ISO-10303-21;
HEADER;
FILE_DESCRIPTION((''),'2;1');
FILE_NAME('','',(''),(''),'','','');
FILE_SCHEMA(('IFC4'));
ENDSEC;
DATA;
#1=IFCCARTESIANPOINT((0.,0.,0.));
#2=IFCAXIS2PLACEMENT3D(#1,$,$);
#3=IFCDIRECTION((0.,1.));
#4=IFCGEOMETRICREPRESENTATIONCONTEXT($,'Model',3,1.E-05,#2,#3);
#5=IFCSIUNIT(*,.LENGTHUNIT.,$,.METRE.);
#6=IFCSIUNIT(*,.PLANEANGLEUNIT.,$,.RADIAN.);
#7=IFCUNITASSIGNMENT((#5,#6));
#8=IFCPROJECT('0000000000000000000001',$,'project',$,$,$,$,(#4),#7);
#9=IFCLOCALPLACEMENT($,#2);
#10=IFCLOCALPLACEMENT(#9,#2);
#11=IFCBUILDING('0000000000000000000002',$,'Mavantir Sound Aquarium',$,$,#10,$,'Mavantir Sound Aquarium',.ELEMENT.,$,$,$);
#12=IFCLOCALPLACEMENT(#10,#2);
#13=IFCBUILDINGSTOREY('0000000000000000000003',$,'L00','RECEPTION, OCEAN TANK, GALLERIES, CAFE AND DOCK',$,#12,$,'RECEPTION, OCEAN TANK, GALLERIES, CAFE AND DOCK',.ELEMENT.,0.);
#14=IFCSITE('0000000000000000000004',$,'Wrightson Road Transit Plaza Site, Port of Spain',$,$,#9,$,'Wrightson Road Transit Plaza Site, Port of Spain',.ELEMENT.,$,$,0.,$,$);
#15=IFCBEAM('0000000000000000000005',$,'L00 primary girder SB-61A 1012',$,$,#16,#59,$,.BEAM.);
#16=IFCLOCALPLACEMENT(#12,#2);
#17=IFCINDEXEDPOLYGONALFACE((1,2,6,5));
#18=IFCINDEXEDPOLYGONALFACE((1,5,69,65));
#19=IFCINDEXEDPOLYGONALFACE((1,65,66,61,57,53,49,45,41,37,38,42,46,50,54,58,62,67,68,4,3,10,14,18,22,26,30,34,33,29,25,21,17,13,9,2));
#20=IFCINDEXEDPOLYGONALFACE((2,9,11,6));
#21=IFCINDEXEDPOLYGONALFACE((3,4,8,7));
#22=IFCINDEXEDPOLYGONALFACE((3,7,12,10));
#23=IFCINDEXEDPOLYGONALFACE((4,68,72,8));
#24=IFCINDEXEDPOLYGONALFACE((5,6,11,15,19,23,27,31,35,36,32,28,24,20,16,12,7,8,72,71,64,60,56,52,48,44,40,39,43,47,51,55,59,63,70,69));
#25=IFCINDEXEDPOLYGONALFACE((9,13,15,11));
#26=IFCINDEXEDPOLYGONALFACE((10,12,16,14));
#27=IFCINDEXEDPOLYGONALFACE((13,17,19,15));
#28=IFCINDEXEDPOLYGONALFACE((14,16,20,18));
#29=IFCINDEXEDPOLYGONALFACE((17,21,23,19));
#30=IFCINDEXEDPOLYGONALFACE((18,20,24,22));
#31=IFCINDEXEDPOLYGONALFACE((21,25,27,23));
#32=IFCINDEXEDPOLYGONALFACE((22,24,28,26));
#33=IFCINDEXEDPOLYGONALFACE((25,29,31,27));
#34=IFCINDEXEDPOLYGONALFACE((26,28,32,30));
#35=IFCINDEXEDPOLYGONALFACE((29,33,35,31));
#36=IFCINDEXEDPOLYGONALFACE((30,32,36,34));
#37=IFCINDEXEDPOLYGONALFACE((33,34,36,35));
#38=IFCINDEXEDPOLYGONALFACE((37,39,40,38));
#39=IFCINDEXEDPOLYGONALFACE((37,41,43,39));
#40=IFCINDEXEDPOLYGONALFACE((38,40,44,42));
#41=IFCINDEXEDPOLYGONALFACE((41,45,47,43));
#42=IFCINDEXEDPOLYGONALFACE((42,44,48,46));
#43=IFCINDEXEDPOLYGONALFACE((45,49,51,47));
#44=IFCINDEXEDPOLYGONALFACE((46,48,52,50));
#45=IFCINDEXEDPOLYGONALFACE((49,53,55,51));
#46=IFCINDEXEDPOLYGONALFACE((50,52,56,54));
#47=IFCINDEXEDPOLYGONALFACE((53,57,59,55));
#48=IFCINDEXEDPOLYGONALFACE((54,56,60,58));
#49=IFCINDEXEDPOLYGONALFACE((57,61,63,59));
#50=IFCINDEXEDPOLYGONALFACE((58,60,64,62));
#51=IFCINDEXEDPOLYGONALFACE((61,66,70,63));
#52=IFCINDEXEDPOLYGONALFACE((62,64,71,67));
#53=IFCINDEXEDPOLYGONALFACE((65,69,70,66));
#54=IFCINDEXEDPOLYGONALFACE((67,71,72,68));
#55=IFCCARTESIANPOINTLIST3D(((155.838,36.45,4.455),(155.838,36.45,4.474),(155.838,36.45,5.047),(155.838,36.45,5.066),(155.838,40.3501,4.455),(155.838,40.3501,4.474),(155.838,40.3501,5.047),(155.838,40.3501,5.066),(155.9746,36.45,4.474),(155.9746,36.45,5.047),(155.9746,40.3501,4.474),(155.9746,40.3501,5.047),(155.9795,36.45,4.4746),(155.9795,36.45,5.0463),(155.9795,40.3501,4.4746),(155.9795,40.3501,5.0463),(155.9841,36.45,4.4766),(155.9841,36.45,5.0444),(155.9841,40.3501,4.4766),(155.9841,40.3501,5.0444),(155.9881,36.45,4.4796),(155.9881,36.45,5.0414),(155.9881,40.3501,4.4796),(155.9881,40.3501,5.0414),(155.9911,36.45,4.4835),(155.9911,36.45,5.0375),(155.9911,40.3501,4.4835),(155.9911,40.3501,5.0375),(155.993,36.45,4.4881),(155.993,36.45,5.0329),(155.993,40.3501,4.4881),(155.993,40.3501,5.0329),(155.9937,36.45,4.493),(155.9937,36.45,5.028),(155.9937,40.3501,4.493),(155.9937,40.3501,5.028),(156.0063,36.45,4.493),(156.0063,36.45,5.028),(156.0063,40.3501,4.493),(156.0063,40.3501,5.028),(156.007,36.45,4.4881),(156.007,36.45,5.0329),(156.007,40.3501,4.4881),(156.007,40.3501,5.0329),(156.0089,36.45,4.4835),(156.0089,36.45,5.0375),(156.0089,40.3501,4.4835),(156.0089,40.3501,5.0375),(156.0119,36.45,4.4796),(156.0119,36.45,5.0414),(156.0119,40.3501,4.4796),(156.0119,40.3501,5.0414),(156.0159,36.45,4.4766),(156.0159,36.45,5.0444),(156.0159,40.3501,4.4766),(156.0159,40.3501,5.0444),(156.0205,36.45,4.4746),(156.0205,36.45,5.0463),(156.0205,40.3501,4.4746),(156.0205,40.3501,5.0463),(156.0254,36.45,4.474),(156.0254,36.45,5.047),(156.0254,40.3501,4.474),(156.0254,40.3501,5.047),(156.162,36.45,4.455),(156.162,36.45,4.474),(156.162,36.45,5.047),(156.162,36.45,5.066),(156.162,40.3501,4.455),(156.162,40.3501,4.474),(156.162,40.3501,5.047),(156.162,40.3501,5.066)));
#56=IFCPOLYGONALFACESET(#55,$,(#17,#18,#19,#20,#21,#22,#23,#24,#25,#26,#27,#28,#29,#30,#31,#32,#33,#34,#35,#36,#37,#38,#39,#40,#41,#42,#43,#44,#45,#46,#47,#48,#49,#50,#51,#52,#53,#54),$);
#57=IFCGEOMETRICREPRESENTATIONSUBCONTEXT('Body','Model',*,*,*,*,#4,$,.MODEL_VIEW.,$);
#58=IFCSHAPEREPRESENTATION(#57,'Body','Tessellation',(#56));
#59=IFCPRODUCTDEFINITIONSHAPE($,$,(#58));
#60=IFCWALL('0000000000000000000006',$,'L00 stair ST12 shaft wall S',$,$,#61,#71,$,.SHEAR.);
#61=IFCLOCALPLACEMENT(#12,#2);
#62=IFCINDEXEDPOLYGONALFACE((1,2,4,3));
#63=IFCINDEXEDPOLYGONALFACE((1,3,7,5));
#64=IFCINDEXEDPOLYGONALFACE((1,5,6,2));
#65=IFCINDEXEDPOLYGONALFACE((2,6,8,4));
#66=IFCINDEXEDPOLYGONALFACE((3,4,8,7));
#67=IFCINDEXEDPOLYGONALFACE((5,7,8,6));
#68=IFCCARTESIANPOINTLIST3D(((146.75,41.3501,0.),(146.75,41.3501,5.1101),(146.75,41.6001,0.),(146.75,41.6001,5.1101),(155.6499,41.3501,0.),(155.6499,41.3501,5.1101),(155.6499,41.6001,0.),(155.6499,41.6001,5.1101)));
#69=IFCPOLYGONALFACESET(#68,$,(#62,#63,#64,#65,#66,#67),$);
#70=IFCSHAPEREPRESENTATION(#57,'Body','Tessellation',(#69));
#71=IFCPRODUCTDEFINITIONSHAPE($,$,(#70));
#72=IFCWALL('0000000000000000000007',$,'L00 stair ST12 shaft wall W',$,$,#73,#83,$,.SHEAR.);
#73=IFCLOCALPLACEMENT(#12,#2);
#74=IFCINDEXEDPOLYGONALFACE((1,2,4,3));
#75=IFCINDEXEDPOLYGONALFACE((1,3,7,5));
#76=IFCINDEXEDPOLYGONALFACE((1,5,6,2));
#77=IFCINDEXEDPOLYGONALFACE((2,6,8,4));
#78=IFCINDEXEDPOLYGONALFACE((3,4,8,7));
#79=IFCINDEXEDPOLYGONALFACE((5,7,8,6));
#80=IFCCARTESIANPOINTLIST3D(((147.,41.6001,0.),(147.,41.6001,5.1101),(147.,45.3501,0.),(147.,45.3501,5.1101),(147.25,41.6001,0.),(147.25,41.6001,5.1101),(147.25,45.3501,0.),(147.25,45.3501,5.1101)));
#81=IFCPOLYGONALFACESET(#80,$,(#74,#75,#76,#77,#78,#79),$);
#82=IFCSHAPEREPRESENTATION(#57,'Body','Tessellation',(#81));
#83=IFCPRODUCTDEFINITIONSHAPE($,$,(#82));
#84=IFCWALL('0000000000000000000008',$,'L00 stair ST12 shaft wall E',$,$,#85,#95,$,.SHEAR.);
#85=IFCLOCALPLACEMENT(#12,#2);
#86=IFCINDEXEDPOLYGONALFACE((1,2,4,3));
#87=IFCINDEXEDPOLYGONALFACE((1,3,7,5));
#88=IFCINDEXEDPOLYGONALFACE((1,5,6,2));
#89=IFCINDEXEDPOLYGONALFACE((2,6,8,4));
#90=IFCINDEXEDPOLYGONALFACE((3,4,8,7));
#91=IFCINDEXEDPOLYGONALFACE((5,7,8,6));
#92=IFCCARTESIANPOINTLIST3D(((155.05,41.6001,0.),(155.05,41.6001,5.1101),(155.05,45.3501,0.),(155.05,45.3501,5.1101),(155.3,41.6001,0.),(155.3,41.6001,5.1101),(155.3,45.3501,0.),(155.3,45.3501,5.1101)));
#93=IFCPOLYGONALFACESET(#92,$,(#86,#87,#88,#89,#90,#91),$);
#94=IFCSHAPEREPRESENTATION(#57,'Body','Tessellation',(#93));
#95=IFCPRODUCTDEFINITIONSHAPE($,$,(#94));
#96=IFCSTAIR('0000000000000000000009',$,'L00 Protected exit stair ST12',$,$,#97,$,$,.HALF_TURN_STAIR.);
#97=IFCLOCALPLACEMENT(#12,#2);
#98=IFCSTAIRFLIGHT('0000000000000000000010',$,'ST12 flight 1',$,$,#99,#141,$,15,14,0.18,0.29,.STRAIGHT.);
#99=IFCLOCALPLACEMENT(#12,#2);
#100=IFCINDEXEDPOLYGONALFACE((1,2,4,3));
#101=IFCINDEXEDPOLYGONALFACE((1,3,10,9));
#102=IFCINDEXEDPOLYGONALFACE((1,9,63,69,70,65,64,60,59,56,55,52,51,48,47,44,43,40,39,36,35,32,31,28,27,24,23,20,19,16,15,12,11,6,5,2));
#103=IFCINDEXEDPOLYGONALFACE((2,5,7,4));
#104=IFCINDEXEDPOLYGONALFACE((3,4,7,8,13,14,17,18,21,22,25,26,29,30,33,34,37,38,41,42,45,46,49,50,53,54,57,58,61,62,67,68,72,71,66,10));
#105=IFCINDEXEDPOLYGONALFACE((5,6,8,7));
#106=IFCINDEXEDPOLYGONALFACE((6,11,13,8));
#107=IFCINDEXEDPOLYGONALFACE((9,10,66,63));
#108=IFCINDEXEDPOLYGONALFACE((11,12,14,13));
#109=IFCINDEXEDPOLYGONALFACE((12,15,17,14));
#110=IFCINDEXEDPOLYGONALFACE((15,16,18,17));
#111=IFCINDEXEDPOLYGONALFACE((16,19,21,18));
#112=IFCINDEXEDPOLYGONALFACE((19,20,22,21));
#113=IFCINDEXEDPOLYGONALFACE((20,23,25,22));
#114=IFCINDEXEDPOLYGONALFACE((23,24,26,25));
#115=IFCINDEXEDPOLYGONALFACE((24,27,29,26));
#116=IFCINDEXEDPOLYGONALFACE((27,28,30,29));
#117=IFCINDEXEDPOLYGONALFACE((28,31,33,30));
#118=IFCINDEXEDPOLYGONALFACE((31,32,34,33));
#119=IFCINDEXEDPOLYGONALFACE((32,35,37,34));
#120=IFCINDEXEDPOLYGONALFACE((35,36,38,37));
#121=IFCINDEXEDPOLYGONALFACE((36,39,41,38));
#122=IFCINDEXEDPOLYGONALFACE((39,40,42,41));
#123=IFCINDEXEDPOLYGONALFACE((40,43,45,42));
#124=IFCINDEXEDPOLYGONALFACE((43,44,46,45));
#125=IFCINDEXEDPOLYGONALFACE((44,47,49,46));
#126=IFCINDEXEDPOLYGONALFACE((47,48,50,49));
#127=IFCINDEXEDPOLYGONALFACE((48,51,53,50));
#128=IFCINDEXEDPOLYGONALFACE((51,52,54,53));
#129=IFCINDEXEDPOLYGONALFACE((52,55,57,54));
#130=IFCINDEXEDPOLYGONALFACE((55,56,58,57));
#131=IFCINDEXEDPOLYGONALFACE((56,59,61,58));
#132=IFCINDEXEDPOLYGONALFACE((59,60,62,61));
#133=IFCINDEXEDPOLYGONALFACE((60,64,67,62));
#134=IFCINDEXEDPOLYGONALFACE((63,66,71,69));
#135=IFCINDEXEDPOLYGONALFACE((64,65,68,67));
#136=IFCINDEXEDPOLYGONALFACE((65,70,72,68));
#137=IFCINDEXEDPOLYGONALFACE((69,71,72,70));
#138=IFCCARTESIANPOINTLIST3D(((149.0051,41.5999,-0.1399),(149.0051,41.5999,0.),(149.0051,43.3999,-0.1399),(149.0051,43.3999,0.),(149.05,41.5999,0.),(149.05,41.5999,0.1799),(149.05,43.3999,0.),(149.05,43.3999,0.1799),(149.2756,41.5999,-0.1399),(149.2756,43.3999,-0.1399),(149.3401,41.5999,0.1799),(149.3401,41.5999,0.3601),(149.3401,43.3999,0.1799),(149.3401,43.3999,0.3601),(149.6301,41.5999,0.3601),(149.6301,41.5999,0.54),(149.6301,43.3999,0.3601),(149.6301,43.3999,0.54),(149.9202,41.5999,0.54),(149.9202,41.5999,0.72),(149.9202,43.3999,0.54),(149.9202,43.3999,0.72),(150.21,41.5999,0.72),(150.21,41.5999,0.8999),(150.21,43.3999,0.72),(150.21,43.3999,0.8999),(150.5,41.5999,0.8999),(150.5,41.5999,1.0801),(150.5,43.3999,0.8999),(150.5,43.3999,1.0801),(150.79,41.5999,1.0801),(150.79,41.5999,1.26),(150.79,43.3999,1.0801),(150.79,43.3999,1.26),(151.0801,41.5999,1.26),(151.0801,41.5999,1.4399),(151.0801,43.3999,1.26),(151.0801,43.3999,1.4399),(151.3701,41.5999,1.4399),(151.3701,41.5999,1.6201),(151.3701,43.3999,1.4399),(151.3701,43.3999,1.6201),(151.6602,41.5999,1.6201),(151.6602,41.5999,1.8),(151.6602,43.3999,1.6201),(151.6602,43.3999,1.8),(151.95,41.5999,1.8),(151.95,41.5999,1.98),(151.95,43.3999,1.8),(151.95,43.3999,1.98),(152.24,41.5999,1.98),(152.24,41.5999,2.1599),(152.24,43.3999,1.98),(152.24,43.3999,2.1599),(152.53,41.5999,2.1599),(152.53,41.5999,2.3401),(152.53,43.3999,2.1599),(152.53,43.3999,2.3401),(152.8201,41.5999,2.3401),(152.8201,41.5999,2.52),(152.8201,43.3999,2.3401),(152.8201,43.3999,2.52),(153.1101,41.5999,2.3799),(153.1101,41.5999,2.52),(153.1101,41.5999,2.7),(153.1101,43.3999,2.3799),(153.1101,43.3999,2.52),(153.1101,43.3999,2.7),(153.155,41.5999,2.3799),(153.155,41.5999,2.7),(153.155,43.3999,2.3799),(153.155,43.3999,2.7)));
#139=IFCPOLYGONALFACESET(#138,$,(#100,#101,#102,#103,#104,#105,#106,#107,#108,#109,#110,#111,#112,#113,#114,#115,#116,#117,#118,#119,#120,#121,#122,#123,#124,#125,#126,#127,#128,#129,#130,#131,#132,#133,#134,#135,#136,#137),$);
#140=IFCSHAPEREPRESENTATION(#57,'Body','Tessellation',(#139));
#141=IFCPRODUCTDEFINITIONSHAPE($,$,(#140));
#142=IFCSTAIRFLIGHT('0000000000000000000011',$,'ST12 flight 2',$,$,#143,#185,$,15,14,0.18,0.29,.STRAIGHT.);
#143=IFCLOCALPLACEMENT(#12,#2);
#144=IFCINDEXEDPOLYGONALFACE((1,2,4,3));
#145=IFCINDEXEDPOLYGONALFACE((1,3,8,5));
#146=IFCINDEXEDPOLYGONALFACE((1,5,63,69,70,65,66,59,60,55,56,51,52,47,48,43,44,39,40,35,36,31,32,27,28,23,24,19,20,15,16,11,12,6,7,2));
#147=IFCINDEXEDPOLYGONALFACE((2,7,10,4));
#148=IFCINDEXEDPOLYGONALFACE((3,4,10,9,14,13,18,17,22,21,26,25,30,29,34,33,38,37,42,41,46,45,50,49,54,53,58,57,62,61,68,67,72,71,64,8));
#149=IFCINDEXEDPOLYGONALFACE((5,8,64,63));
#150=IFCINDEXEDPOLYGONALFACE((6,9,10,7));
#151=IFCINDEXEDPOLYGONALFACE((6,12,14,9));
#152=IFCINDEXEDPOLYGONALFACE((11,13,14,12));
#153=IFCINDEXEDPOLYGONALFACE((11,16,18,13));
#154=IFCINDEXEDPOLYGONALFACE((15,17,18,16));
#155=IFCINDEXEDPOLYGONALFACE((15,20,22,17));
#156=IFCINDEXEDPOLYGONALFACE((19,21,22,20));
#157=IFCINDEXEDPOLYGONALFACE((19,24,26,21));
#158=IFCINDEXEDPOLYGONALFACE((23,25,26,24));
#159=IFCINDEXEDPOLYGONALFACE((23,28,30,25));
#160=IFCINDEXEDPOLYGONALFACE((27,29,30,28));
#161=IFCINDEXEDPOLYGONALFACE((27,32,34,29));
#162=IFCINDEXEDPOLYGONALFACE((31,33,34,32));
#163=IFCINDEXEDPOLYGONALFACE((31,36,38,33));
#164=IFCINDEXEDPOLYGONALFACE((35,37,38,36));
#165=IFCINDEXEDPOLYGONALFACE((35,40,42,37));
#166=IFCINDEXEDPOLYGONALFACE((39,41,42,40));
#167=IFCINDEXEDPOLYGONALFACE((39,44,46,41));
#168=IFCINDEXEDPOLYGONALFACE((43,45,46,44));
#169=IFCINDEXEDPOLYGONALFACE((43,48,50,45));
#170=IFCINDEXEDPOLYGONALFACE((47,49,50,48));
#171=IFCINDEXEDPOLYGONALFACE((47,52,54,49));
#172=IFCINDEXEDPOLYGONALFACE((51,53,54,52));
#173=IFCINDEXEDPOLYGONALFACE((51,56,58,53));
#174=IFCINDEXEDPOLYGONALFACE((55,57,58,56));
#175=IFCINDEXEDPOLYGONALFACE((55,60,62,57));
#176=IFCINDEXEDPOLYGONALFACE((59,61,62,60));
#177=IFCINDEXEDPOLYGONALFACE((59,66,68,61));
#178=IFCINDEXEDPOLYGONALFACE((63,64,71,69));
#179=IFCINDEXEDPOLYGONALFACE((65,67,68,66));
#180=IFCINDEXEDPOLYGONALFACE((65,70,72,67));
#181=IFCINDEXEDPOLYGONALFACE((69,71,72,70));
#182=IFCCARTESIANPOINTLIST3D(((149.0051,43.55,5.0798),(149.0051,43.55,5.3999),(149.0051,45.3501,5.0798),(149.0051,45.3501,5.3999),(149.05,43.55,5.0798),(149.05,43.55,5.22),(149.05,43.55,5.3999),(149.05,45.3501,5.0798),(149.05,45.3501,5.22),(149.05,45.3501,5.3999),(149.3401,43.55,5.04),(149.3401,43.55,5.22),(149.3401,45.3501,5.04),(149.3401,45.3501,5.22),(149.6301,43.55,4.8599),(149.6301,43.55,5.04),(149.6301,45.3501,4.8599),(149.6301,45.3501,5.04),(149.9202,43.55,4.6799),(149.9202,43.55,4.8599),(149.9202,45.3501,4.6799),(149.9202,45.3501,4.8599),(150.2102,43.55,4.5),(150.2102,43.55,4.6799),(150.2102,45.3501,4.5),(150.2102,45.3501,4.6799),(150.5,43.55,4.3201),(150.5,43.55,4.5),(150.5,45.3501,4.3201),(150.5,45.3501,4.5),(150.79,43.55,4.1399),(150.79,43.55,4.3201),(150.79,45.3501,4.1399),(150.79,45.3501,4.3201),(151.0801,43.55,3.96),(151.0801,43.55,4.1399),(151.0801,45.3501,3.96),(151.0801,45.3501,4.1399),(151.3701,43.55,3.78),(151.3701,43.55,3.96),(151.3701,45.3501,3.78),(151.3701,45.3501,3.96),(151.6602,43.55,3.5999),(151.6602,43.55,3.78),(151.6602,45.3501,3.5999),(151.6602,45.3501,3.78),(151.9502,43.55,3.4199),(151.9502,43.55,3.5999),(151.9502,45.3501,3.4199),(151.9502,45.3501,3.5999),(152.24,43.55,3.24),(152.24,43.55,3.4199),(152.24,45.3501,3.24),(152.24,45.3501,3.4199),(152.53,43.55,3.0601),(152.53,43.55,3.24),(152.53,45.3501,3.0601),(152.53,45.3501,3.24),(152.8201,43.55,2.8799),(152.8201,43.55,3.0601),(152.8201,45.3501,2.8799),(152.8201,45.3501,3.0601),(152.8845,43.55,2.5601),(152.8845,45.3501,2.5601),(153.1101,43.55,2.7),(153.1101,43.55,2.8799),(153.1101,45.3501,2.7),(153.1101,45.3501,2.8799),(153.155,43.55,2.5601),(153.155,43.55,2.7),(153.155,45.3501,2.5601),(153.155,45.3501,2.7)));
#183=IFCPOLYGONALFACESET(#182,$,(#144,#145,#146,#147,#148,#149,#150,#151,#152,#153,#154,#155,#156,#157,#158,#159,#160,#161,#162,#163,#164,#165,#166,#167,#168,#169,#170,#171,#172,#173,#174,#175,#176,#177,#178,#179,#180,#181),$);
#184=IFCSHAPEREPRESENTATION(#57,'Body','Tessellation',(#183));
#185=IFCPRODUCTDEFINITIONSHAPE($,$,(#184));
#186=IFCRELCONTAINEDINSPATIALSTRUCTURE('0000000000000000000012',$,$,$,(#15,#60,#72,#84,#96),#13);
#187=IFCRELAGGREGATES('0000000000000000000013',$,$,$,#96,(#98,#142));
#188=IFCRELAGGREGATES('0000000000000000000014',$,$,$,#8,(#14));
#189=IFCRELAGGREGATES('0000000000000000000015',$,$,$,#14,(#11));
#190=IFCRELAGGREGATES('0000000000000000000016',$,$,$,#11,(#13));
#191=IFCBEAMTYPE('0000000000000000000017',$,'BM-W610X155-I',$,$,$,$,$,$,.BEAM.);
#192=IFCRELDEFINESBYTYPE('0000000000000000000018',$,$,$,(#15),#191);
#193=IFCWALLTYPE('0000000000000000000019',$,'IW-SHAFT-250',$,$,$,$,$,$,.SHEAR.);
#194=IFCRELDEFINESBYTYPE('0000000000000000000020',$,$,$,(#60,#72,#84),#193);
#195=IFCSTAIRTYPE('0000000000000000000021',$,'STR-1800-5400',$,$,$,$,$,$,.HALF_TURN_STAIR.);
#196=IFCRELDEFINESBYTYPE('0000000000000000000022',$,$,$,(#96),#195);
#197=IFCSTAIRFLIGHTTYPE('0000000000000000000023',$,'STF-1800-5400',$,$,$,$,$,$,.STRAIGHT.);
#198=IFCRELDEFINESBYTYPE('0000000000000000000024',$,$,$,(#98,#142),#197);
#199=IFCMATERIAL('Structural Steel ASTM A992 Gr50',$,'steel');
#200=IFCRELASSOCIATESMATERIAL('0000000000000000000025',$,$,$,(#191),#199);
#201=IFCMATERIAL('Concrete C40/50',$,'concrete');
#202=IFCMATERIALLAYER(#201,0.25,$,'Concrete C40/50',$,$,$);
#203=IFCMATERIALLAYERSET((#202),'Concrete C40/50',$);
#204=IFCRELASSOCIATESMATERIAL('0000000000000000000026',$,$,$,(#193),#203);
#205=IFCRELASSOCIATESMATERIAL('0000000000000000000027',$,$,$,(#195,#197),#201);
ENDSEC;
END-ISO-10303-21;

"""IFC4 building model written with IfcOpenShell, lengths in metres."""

from ifc_helpers import new_model, si_unit, direction, frame, frame_2d, origin, origin_2d, place, context, subcontext, project, spatial, polyline, rectangle, i_section, outline, extrude, material, layer, layer_set, material_profile, profile_set, type_object, element, aggregate, save


model = new_model("IFC4")

# Units and contexts
model_context = context("Model", 3, precision=1e-05, world=origin(), true_north=direction((0.0, 1.0)))
body_context = subcontext(model_context, "Body", "Model", "MODEL_VIEW")
ifc_project = project(units=[si_unit("LENGTHUNIT", "METRE"), si_unit("PLANEANGLEUNIT", "RADIAN")], contexts=[model_context])

# Site, building, storey
site_placement = place(None, origin())
site = spatial("IfcSite", under=ifc_project, at=site_placement, Name="Wrightson Road Transit Plaza Site, Port of Spain", LongName="Wrightson Road Transit Plaza Site, Port of Spain", CompositionType="ELEMENT", RefElevation=0.0)
building_placement = place(site_placement, origin())
building = spatial("IfcBuilding", under=site, at=building_placement, Name="Mavantir Sound Aquarium", LongName="Mavantir Sound Aquarium", CompositionType="ELEMENT")
storey_placement = place(building_placement, origin())
storey = spatial("IfcBuildingStorey", under=building, at=storey_placement, Name="L00", Description="RECEPTION, OCEAN TANK, GALLERIES, CAFE AND DOCK", LongName="RECEPTION, OCEAN TANK, GALLERIES, CAFE AND DOCK", CompositionType="ELEMENT", Elevation=0.0)

# Shared definitions
ifc_material_1 = material(Name="Concrete C40/50", Category="concrete")

# Beam
ifc_material_2 = material(Name="Structural Steel ASTM A992 Gr50", Category="steel")
ifc_material_profile_1 = material_profile(ifc_material_2, i_section(OverallWidth=0.324, OverallDepth=0.6111, WebThickness=0.0127, FlangeThickness=0.019, FilletRadius=0.019, at=origin_2d()), Name="W610X155")
ifc_profile_set_1 = profile_set([ifc_material_profile_1], Name="Structural Steel ASTM A992 Gr50")
beam_type_1 = type_object("IfcBeamType", Name="BM-W610X155-I", PredefinedType="BEAM", material=ifc_profile_set_1)
beam_1_placement = place(storey_placement, frame((156.0, 36.45, 4.7605), z_axis=(0.0, 1.0, 0.0), x_axis=(-1.0, 0.0, 0.0)))
element("IfcBeam", 1, at=beam_1_placement, inside=storey, type_object=beam_type_1, Name="L00 primary girder SB-61A 1012", PredefinedType="BEAM", context=body_context, shape_type="SweptSolid", body=[
    extrude(i_section(OverallWidth=0.324, OverallDepth=0.6111, WebThickness=0.0127, FlangeThickness=0.019, FilletRadius=0.019, at=origin_2d()), origin(), (0.0, 0.0, 1.0), 3.9001),
])

# Walls
ifc_layer = layer(ifc_material_1, 0.25, Name="Concrete C40/50")
ifc_layer_set = layer_set([ifc_layer], Name="Concrete C40/50")
wall_type = type_object("IfcWallType", Name="IW-SHAFT-250", PredefinedType="SHEAR", material=ifc_layer_set)
wall_placement = place(storey_placement, frame((146.75, 41.4751, 0.0), z_axis=(0.0, 0.0, 1.0), x_axis=(1.0, 0.0, 0.0)))
element("IfcWall", 2, at=wall_placement, inside=storey, type_object=wall_type, Name="L00 stair ST12 shaft wall S", PredefinedType="SHEAR", context=body_context, shape_type="SweptSolid", body=[
    extrude(rectangle(XDim=8.8999, YDim=0.25, at=frame_2d((4.45, 0.0))), origin(), (0.0, 0.0, 1.0), 5.1101),
])
for number, where, z_axis, x_axis, name in (
    (3, (147.125, 45.3501, 0.0), (0.0, 0.0, 1.0), (0.0, -1.0, 0.0), "L00 stair ST12 shaft wall W"),
    (4, (155.175, 41.6001, 0.0), (0.0, 0.0, 1.0), (0.0, 1.0, 0.0), "L00 stair ST12 shaft wall E"),
):
    element("IfcWall", number, at=place(storey_placement, frame(where, z_axis=z_axis, x_axis=x_axis)), inside=storey, type_object=wall_type, Name=name, PredefinedType="SHEAR", context=body_context, shape_type="SweptSolid", body=[
        extrude(rectangle(XDim=3.75, YDim=0.25, at=frame_2d((1.875, 0.0))), origin(), (0.0, 0.0, 1.0), 5.1101),
    ])

# Stair, stair flights
stair_type = type_object("IfcStairType", Name="STR-1800-5400", PredefinedType="HALF_TURN_STAIR", material=ifc_material_1)
stair_placement = place(storey_placement, origin())
stair = element("IfcStair", 5, at=stair_placement, inside=storey, type_object=stair_type, Name="L00 Protected exit stair ST12", PredefinedType="HALF_TURN_STAIR")
stair_flight_type = type_object("IfcStairFlightType", Name="STF-1800-5400", PredefinedType="STRAIGHT", material=ifc_material_1)
stair_flight_1_placement = place(storey_placement, frame((149.05, 42.5, 0.0), z_axis=(0.0, 0.0, 1.0), x_axis=(1.0, 0.0, 0.0)))
stair_flight_1 = element("IfcStairFlight", 6, at=stair_flight_1_placement, type_object=stair_flight_type, Name="ST12 flight 1", NumberOfRisers=15, NumberOfTreads=14, PredefinedType="STRAIGHT", RiserHeight=0.18, TreadLength=0.29, context=body_context, shape_type="SweptSolid", body=[
    extrude(outline(polyline([(-0.0449, -0.1399), (-0.0449, 0.0), (0.0, 0.0), (0.0, 0.1799), (0.29, 0.1799), (0.29, 0.3601), (0.5801, 0.3601), (0.5801, 0.54), (0.8701, 0.54), (0.8701, 0.72), (1.1599, 0.72), (1.1599, 0.8999), (1.45, 0.8999), (1.45, 1.0801), (1.74, 1.0801), (1.74, 1.26), (2.03, 1.26), (2.03, 1.4399), (2.3201, 1.4399), (2.3201, 1.6201), (2.6101, 1.6201), (2.6101, 1.8), (2.8999, 1.8), (2.8999, 1.98), (3.1899, 1.98), (3.1899, 2.1599), (3.48, 2.1599), (3.48, 2.3401), (3.77, 2.3401), (3.77, 2.52), (4.0601, 2.52), (4.0601, 2.7), (4.105, 2.7), (4.105, 2.3799), (4.0601, 2.3799), (0.2256, -0.1399), (-0.0449, -0.1399)])), frame((0.0, 0.8999, 0.0), z_axis=(0.0, -1.0, 0.0), x_axis=(1.0, 0.0, 0.0)), (0.0, 0.0, 1.0), 1.8),
])
stair_flight_2_placement = place(storey_placement, frame((153.1101, 44.45, 2.7), z_axis=(0.0, 0.0, 1.0), x_axis=(-1.0, 0.0, 0.0)))
stair_flight_2 = element("IfcStairFlight", 7, at=stair_flight_2_placement, type_object=stair_flight_type, Name="ST12 flight 2", NumberOfRisers=15, NumberOfTreads=14, PredefinedType="STRAIGHT", RiserHeight=0.18, TreadLength=0.29, context=body_context, shape_type="SweptSolid", body=[
    extrude(outline(polyline([(-0.0449, -0.1399), (-0.0449, 0.0), (0.0, 0.0), (0.0, 0.1799), (0.29, 0.1799), (0.29, 0.3601), (0.5801, 0.3601), (0.5801, 0.54), (0.8701, 0.54), (0.8701, 0.72), (1.1599, 0.72), (1.1599, 0.8999), (1.45, 0.8999), (1.45, 1.0801), (1.74, 1.0801), (1.74, 1.26), (2.03, 1.26), (2.03, 1.4399), (2.3201, 1.4399), (2.3201, 1.6201), (2.6101, 1.6201), (2.6101, 1.8), (2.8999, 1.8), (2.8999, 1.98), (3.1899, 1.98), (3.1899, 2.1599), (3.48, 2.1599), (3.48, 2.3401), (3.77, 2.3401), (3.77, 2.52), (4.0601, 2.52), (4.0601, 2.7), (4.105, 2.7), (4.105, 2.3799), (4.0601, 2.3799), (0.2256, -0.1399), (-0.0449, -0.1399)])), frame((0.0, 0.8999, 0.0), z_axis=(0.0, -1.0, 0.0), x_axis=(1.0, 0.0, 0.0)), (0.0, 0.0, 1.0), 1.8),
])
aggregate(stair, [stair_flight_1, stair_flight_2])

save(model, "model.ifc")
